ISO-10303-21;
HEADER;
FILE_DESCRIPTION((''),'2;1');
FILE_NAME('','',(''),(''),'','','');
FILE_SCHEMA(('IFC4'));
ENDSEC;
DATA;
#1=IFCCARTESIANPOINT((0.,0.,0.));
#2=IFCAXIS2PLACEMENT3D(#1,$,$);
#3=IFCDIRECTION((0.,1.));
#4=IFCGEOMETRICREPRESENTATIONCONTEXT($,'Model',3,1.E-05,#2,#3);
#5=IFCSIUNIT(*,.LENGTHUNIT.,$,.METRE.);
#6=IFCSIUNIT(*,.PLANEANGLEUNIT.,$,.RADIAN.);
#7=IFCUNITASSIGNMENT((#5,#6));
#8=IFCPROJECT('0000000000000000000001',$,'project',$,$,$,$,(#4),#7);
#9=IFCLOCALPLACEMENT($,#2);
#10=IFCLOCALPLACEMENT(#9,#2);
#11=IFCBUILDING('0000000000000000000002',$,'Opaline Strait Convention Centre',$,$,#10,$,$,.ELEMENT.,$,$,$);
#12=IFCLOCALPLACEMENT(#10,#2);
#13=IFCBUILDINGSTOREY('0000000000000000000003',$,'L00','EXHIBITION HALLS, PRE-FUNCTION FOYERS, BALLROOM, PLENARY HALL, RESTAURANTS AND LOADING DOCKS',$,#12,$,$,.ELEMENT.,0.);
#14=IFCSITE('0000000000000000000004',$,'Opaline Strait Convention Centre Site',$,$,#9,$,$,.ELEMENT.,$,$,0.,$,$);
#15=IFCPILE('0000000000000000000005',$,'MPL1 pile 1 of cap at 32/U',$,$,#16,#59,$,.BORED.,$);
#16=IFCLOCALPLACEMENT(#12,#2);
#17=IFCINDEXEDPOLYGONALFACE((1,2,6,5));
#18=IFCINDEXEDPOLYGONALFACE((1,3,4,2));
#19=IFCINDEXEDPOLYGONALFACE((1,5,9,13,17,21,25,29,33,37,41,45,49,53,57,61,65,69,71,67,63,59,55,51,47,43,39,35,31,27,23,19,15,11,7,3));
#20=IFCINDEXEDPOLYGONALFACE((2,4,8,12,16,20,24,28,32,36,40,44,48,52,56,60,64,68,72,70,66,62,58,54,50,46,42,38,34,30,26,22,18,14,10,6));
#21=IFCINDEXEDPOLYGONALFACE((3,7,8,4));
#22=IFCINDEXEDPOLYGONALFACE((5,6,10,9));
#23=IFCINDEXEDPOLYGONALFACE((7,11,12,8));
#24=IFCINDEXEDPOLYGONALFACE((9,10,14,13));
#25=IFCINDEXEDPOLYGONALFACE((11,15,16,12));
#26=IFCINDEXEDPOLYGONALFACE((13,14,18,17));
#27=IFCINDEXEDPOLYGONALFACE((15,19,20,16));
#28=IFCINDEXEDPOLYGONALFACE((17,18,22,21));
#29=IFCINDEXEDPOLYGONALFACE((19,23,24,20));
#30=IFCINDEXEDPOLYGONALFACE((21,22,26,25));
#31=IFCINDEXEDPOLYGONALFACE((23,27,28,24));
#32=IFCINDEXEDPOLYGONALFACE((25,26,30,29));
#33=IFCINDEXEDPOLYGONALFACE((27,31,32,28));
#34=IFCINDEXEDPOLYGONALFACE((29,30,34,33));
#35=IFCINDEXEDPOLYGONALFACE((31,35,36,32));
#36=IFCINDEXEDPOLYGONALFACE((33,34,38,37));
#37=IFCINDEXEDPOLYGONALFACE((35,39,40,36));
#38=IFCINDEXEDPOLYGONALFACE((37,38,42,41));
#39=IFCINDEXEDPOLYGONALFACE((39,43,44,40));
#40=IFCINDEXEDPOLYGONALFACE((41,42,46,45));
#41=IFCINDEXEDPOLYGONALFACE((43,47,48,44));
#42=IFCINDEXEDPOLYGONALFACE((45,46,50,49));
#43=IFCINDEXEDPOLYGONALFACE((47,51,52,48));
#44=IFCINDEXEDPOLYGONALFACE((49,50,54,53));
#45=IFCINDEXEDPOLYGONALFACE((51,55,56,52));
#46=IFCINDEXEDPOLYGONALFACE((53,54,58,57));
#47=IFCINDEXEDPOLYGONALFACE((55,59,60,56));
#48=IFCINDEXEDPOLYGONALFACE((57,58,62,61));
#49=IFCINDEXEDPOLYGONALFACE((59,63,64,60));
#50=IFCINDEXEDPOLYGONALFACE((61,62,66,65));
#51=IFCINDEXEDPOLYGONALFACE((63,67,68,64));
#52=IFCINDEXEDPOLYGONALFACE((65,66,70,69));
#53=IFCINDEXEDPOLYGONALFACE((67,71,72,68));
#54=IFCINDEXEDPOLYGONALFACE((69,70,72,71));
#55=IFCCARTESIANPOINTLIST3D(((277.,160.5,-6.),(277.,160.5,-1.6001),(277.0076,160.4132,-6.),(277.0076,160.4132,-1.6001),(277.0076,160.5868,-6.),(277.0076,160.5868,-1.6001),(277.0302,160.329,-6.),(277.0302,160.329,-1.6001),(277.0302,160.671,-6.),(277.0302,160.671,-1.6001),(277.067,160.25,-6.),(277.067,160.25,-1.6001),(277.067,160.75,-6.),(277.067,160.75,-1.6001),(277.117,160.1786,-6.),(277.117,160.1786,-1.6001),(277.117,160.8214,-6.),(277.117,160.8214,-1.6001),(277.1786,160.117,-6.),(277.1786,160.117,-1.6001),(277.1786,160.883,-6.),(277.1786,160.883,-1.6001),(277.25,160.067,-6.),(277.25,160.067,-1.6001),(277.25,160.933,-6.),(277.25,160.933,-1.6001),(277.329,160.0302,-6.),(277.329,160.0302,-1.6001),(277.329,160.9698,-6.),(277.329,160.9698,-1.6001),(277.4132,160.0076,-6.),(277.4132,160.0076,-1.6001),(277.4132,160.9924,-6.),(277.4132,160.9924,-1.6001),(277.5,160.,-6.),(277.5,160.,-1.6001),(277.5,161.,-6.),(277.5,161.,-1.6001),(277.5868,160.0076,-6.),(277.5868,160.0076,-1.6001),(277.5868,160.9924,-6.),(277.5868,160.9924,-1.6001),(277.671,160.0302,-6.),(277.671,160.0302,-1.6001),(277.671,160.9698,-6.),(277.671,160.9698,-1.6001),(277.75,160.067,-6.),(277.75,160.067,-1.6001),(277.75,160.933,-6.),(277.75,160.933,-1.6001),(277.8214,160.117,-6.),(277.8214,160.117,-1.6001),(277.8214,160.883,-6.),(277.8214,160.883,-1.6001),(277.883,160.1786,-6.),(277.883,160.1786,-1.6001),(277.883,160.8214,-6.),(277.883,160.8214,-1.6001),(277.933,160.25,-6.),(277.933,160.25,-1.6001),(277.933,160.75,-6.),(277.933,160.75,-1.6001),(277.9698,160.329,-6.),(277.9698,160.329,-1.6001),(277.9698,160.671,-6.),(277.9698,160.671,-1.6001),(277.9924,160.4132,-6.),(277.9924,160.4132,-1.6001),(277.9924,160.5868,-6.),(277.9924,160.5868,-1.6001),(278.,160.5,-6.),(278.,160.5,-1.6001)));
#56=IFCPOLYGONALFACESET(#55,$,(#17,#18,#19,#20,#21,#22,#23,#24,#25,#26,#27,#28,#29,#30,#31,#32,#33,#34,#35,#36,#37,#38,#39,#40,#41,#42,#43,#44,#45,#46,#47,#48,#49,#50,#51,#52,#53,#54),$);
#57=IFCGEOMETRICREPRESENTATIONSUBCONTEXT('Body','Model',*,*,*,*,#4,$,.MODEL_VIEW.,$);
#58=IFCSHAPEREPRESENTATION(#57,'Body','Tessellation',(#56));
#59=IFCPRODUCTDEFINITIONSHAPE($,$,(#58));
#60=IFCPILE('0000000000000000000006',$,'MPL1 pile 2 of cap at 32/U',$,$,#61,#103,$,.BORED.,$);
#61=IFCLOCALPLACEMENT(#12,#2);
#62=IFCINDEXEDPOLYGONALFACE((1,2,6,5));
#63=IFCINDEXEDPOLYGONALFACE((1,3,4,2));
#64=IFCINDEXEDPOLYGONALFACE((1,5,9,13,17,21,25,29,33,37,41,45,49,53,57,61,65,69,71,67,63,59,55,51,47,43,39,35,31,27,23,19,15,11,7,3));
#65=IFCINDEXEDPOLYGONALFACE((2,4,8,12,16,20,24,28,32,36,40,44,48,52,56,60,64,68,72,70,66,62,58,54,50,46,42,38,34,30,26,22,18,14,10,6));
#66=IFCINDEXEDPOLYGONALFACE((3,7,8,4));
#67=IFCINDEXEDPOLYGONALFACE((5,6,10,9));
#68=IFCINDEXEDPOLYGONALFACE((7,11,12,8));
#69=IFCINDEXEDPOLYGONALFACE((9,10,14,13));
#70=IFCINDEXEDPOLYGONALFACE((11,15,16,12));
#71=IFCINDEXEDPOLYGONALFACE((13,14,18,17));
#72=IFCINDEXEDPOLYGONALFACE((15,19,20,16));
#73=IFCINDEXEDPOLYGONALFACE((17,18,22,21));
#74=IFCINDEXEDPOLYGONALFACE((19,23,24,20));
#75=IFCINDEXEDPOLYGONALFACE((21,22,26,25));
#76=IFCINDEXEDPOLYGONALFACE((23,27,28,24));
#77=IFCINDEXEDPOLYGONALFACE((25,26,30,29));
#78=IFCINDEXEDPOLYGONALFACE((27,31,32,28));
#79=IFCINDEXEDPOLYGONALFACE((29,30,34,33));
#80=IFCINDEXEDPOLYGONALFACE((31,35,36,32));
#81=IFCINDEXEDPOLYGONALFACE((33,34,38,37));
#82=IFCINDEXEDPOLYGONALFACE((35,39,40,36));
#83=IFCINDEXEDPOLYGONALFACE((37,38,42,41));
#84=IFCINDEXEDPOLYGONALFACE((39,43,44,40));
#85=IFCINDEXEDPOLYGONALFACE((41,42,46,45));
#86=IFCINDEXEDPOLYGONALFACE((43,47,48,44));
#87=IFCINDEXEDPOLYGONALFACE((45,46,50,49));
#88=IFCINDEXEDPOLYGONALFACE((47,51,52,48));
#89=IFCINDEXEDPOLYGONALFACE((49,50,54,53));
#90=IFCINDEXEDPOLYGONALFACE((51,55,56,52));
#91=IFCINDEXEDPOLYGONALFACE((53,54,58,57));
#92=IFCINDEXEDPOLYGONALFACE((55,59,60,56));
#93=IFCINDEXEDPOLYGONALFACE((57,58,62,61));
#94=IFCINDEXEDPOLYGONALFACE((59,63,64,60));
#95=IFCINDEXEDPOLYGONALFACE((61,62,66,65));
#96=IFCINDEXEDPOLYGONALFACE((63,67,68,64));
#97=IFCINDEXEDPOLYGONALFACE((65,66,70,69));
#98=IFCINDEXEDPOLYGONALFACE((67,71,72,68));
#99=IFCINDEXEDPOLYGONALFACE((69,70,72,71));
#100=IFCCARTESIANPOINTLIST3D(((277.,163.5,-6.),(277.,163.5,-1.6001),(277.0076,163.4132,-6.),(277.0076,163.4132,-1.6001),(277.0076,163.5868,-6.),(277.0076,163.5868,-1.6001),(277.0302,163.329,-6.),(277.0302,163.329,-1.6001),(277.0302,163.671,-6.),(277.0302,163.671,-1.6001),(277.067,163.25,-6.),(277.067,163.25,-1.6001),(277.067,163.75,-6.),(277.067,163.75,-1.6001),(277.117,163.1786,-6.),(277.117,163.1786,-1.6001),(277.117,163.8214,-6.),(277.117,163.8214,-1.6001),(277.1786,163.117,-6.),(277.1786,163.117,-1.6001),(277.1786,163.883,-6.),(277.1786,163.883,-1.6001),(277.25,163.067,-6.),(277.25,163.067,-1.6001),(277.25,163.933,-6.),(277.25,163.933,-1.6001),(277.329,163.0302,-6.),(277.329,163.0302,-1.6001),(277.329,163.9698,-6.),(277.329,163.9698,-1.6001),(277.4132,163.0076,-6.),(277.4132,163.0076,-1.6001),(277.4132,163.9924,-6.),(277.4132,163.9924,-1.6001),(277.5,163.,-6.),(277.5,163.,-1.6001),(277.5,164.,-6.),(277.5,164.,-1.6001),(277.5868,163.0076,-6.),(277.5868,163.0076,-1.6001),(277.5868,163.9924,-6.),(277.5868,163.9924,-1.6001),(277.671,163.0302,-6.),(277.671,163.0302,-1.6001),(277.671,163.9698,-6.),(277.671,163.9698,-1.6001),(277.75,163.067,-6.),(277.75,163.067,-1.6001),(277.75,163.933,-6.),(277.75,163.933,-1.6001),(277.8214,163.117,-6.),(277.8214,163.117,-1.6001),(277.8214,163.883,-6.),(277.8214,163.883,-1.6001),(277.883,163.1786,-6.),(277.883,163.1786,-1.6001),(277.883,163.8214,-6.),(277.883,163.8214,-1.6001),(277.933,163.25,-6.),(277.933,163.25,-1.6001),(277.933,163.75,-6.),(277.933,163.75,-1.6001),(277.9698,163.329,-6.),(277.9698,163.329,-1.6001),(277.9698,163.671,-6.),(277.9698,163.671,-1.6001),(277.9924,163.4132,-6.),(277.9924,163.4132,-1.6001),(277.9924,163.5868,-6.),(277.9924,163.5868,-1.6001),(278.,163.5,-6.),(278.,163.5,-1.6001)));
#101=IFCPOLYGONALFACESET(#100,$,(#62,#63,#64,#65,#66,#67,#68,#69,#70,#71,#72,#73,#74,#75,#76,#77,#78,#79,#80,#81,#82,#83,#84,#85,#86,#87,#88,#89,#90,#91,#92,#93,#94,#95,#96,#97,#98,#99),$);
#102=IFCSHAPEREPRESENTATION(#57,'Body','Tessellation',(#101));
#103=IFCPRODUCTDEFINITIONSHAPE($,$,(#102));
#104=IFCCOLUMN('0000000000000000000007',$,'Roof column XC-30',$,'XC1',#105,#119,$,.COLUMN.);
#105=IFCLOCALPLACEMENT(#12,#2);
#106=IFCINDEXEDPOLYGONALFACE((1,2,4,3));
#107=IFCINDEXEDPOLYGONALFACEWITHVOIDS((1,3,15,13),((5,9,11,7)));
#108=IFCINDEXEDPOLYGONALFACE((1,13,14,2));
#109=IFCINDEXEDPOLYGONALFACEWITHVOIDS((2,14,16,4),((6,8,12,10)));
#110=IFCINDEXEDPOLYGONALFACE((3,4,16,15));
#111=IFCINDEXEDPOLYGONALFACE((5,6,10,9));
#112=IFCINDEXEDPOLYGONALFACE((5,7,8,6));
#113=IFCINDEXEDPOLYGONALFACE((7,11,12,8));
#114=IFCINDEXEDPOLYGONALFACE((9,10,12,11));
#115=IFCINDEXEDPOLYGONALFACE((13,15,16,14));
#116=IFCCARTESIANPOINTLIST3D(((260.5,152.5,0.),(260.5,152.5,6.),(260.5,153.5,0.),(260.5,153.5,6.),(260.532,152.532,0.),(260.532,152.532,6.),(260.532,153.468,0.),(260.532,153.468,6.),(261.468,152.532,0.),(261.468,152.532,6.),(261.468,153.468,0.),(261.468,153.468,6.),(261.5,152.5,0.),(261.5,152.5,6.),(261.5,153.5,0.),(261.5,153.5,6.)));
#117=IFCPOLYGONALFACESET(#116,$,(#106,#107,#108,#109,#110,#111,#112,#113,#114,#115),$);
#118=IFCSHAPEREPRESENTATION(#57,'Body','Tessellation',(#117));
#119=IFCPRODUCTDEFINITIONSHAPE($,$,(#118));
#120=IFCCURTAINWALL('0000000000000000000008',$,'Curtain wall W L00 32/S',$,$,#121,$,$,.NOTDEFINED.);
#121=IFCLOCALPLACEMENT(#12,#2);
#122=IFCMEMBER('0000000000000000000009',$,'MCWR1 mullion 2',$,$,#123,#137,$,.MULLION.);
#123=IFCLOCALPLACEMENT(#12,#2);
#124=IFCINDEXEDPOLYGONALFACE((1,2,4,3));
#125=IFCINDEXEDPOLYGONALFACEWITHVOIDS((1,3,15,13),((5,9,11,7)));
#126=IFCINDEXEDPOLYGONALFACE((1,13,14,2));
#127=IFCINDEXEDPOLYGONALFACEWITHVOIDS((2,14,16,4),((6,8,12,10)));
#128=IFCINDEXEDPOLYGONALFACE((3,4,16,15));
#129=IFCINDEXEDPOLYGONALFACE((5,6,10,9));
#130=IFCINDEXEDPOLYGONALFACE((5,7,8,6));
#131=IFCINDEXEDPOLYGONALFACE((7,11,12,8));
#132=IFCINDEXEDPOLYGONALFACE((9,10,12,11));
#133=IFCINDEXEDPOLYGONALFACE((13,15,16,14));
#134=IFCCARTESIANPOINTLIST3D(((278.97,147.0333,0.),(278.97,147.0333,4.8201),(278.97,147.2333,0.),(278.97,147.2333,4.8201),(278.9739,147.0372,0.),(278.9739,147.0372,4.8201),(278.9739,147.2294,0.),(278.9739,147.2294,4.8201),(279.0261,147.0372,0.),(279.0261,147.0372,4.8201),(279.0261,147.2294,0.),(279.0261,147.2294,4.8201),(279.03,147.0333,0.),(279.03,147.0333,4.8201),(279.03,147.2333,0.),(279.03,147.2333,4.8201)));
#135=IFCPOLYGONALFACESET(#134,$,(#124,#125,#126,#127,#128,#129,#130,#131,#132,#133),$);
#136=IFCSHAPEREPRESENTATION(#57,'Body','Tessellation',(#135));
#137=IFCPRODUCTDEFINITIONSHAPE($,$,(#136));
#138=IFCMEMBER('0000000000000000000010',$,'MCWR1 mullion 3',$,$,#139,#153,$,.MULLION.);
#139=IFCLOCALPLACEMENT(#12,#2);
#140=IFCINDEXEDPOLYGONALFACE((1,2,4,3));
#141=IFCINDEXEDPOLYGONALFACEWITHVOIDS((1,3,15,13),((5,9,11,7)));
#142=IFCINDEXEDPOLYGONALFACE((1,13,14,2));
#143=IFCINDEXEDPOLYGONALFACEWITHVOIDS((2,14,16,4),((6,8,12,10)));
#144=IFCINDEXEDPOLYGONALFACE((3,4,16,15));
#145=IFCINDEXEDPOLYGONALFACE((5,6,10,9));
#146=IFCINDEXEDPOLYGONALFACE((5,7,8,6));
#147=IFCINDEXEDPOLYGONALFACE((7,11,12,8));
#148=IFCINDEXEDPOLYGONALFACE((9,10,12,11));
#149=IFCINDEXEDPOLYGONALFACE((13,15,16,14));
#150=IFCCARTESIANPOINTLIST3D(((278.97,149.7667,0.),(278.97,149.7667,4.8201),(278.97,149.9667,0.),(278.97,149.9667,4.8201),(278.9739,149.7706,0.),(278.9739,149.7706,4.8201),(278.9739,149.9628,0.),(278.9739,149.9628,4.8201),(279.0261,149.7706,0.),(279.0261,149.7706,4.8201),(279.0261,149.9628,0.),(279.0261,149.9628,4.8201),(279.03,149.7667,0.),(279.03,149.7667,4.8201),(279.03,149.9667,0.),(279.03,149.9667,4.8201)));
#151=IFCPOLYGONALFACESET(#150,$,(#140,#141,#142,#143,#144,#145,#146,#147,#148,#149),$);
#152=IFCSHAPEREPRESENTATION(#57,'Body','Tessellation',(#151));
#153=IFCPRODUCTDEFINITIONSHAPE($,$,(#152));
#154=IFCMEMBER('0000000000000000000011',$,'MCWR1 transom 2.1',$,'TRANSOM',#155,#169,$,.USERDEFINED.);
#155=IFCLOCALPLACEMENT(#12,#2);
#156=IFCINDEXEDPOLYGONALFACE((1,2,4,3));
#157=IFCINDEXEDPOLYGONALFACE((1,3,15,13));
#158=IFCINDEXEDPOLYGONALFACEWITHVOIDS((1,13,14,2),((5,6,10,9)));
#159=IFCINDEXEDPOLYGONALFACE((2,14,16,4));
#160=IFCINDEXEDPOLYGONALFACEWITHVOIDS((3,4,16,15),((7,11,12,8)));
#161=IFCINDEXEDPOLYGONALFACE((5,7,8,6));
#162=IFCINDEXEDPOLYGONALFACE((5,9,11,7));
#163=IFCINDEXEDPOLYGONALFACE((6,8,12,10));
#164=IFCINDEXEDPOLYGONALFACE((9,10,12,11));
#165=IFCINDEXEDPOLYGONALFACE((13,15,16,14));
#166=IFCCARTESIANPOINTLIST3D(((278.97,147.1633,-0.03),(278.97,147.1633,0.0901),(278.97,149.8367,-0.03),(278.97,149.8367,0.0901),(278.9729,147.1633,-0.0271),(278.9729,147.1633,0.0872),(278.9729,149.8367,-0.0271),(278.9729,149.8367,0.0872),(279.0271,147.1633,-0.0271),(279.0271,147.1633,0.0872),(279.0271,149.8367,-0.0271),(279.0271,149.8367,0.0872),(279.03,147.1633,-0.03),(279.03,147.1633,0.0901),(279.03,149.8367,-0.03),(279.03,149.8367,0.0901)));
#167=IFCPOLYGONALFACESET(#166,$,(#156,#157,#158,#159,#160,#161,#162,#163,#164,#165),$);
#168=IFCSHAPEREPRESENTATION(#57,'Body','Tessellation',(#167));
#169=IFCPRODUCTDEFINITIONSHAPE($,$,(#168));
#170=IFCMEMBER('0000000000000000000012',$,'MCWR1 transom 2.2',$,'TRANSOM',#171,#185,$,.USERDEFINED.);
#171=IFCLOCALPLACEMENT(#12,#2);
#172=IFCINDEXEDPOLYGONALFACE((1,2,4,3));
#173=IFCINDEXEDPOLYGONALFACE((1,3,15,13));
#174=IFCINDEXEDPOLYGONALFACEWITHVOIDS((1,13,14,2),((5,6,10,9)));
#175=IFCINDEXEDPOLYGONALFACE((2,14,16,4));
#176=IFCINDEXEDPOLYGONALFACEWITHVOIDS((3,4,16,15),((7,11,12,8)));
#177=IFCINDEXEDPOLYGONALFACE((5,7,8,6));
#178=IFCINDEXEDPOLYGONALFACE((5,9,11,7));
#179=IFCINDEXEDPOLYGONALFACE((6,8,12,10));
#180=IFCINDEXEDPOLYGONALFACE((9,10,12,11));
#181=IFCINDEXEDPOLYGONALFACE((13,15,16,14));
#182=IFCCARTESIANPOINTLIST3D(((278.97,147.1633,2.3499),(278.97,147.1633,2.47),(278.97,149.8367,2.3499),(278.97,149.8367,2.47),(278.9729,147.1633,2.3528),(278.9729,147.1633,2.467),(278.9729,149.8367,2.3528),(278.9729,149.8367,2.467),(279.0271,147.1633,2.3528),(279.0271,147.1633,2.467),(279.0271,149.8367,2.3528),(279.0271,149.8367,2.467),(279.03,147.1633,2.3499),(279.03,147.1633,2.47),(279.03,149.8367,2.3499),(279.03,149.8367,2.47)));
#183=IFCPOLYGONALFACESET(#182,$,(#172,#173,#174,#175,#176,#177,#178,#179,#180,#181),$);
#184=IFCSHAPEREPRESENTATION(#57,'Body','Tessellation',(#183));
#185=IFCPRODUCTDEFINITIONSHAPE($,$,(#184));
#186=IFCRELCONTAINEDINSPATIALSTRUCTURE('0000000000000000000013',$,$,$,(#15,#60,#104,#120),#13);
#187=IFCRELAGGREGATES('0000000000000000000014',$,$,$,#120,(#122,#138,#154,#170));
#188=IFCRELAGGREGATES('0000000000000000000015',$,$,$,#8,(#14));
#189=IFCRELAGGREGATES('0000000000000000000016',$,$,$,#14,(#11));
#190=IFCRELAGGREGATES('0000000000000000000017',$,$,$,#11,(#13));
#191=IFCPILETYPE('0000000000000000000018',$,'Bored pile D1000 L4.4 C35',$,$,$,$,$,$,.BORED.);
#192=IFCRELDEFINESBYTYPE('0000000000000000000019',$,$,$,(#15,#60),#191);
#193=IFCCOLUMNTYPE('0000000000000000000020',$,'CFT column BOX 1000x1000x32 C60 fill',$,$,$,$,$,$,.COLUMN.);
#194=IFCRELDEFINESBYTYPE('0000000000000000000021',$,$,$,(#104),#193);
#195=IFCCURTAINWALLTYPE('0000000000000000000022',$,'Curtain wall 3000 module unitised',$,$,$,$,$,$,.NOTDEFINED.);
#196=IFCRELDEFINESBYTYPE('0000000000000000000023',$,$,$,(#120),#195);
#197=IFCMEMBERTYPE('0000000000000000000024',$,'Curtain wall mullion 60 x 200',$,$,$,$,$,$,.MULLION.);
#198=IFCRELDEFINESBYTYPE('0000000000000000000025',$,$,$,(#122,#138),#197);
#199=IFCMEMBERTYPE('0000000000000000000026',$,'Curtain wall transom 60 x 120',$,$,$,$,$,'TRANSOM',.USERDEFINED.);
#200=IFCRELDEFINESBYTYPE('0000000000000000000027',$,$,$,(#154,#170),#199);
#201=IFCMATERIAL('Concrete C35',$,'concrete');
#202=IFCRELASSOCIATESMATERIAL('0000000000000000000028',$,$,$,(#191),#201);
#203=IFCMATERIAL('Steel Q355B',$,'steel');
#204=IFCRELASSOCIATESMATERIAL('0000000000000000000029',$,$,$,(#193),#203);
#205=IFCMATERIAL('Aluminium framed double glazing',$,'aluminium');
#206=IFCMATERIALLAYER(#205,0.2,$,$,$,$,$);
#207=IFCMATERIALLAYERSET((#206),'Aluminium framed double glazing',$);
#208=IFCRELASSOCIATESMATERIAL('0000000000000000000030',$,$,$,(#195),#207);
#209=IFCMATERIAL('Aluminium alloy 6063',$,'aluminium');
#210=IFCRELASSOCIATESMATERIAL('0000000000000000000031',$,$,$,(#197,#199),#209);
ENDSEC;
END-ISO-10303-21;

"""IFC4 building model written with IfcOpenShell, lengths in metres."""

from ifc_helpers import new_model, si_unit, direction, frame, origin, origin_2d, place, context, subcontext, project, spatial, hollow_rectangle, circle, extrude, material, layer, layer_set, material_profile, profile_set, type_object, element, aggregate, save


model = new_model("IFC4")

# Units and contexts
model_context = context("Model", 3, precision=1e-05, world=origin(), true_north=direction((0.0, 1.0)))
body_context = subcontext(model_context, "Body", "Model", "MODEL_VIEW")
ifc_project = project(units=[si_unit("LENGTHUNIT", "METRE"), si_unit("PLANEANGLEUNIT", "RADIAN")], contexts=[model_context])

# Site, building, storey
site_placement = place(None, origin())
site = spatial("IfcSite", under=ifc_project, at=site_placement, Name="Opaline Strait Convention Centre Site", CompositionType="ELEMENT", RefElevation=0.0)
building_placement = place(site_placement, origin())
building = spatial("IfcBuilding", under=site, at=building_placement, Name="Opaline Strait Convention Centre", CompositionType="ELEMENT")
storey_placement = place(building_placement, origin())
storey = spatial("IfcBuildingStorey", under=building, at=storey_placement, Name="L00", Description="EXHIBITION HALLS, PRE-FUNCTION FOYERS, BALLROOM, PLENARY HALL, RESTAURANTS AND LOADING DOCKS", CompositionType="ELEMENT", Elevation=0.0)

# Piles
ifc_material_1 = material(Name="Concrete C35", Category="concrete")
ifc_material_profile_1 = material_profile(ifc_material_1, circle(Radius=0.5, at=origin_2d()), Name="D1000")
ifc_profile_set_1 = profile_set([ifc_material_profile_1], Name="Concrete C35")
pile_type_1 = type_object("IfcPileType", Name="Bored pile D1000 L4.4 C35", PredefinedType="BORED", material=ifc_profile_set_1)
for number, where, z_axis, x_axis, name in (
    (1, (277.5, 160.5, -1.6001), (0.0, 0.0, -1.0), (1.0, 0.0, 0.0), "MPL1 pile 1 of cap at 32/U"),
    (2, (277.5, 163.5, -1.6001), (0.0, 0.0, -1.0), (1.0, 0.0, 0.0), "MPL1 pile 2 of cap at 32/U"),
):
    element("IfcPile", number, at=place(storey_placement, frame(where, z_axis=z_axis, x_axis=x_axis)), inside=storey, type_object=pile_type_1, Name=name, PredefinedType="BORED", context=body_context, shape_type="SweptSolid", body=[
        extrude(circle(Radius=0.5, at=origin_2d()), origin(), (0.0, 0.0, 1.0), 4.3999),
    ])

# Column
ifc_material_2 = material(Name="Steel Q355B", Category="steel")
ifc_material_profile_2 = material_profile(ifc_material_2, hollow_rectangle(XDim=1.0, YDim=1.0, WallThickness=0.032, at=origin_2d()), Name="BOX 1000x1000x32")
ifc_profile_set_2 = profile_set([ifc_material_profile_2], Name="Steel Q355B")
column_type = type_object("IfcColumnType", Name="CFT column BOX 1000x1000x32 C60 fill", PredefinedType="COLUMN", material=ifc_profile_set_2)
column_placement = place(storey_placement, frame((261.0, 153.0, 0.0), z_axis=(0.0, 0.0, 1.0), x_axis=(1.0, 0.0, 0.0)))
element("IfcColumn", 3, at=column_placement, inside=storey, type_object=column_type, Name="Roof column XC-30", ObjectType="XC1", PredefinedType="COLUMN", context=body_context, shape_type="SweptSolid", body=[
    extrude(hollow_rectangle(XDim=1.0, YDim=1.0, WallThickness=0.032, at=origin_2d()), origin(), (0.0, 0.0, 1.0), 6.0),
])

# Curtain wall, members
ifc_material_3 = material(Name="Aluminium framed double glazing", Category="aluminium")
ifc_layer_1 = layer(ifc_material_3, 0.2)
ifc_layer_set_1 = layer_set([ifc_layer_1], Name="Aluminium framed double glazing")
curtain_wall_type = type_object("IfcCurtainWallType", Name="Curtain wall 3000 module unitised", PredefinedType="NOTDEFINED", material=ifc_layer_set_1)
curtain_wall_placement = place(storey_placement, origin())
curtain_wall = element("IfcCurtainWall", 4, at=curtain_wall_placement, inside=storey, type_object=curtain_wall_type, Name="Curtain wall W L00 32/S", PredefinedType="NOTDEFINED")
ifc_material_4 = material(Name="Aluminium alloy 6063", Category="aluminium")
ifc_material_profile_3 = material_profile(ifc_material_4, hollow_rectangle(XDim=0.0601, YDim=0.2, WallThickness=0.0039, at=origin_2d()), Name="MULLION 60x200x4")
ifc_profile_set_3 = profile_set([ifc_material_profile_3], Name="Aluminium alloy 6063")
member_type_1 = type_object("IfcMemberType", Name="Curtain wall mullion 60 x 200", PredefinedType="MULLION", material=ifc_profile_set_3)
member_1_placement = place(storey_placement, frame((279.0, 147.1333, 0.0), z_axis=(0.0, 0.0, 1.0), x_axis=(-1.0, 0.0, 0.0)))
member_1 = element("IfcMember", 5, at=member_1_placement, type_object=member_type_1, Name="MCWR1 mullion 2", PredefinedType="MULLION", context=body_context, shape_type="SweptSolid", body=[
    extrude(hollow_rectangle(XDim=0.0601, YDim=0.2, WallThickness=0.0039, at=origin_2d()), origin(), (0.0, 0.0, 1.0), 4.8201),
])
member_2_placement = place(storey_placement, frame((279.0, 149.8667, 0.0), z_axis=(0.0, 0.0, 1.0), x_axis=(-1.0, 0.0, 0.0)))
member_2 = element("IfcMember", 6, at=member_2_placement, type_object=member_type_1, Name="MCWR1 mullion 3", PredefinedType="MULLION", context=body_context, shape_type="SweptSolid", body=[
    extrude(hollow_rectangle(XDim=0.0601, YDim=0.2, WallThickness=0.0039, at=origin_2d()), origin(), (0.0, 0.0, 1.0), 4.8201),
])
ifc_material_profile_4 = material_profile(ifc_material_4, hollow_rectangle(XDim=0.0601, YDim=0.1201, WallThickness=0.0029, at=origin_2d()), Name="TRANSOM 60x120x3")
ifc_profile_set_4 = profile_set([ifc_material_profile_4], Name="Aluminium alloy 6063")
member_type_2 = type_object("IfcMemberType", Name="Curtain wall transom 60 x 120", ElementType="TRANSOM", PredefinedType="USERDEFINED", material=ifc_profile_set_4)
member_3_placement = place(storey_placement, frame((279.0, 147.1633, 0.03), z_axis=(0.0, 1.0, 0.0), x_axis=(-1.0, 0.0, 0.0)))
member_3 = element("IfcMember", 7, at=member_3_placement, type_object=member_type_2, Name="MCWR1 transom 2.1", ObjectType="TRANSOM", PredefinedType="USERDEFINED", context=body_context, shape_type="SweptSolid", body=[
    extrude(hollow_rectangle(XDim=0.0601, YDim=0.1201, WallThickness=0.0029, at=origin_2d()), origin(), (0.0, 0.0, 1.0), 2.6733),
])
member_4_placement = place(storey_placement, frame((279.0, 147.1633, 2.4099), z_axis=(0.0, 1.0, 0.0), x_axis=(-1.0, 0.0, 0.0)))
member_4 = element("IfcMember", 8, at=member_4_placement, type_object=member_type_2, Name="MCWR1 transom 2.2", ObjectType="TRANSOM", PredefinedType="USERDEFINED", context=body_context, shape_type="SweptSolid", body=[
    extrude(hollow_rectangle(XDim=0.0601, YDim=0.1201, WallThickness=0.0029, at=origin_2d()), origin(), (0.0, 0.0, 1.0), 2.6733),
])
aggregate(curtain_wall, [member_1, member_2, member_3, member_4])

save(model, "model.ifc")
